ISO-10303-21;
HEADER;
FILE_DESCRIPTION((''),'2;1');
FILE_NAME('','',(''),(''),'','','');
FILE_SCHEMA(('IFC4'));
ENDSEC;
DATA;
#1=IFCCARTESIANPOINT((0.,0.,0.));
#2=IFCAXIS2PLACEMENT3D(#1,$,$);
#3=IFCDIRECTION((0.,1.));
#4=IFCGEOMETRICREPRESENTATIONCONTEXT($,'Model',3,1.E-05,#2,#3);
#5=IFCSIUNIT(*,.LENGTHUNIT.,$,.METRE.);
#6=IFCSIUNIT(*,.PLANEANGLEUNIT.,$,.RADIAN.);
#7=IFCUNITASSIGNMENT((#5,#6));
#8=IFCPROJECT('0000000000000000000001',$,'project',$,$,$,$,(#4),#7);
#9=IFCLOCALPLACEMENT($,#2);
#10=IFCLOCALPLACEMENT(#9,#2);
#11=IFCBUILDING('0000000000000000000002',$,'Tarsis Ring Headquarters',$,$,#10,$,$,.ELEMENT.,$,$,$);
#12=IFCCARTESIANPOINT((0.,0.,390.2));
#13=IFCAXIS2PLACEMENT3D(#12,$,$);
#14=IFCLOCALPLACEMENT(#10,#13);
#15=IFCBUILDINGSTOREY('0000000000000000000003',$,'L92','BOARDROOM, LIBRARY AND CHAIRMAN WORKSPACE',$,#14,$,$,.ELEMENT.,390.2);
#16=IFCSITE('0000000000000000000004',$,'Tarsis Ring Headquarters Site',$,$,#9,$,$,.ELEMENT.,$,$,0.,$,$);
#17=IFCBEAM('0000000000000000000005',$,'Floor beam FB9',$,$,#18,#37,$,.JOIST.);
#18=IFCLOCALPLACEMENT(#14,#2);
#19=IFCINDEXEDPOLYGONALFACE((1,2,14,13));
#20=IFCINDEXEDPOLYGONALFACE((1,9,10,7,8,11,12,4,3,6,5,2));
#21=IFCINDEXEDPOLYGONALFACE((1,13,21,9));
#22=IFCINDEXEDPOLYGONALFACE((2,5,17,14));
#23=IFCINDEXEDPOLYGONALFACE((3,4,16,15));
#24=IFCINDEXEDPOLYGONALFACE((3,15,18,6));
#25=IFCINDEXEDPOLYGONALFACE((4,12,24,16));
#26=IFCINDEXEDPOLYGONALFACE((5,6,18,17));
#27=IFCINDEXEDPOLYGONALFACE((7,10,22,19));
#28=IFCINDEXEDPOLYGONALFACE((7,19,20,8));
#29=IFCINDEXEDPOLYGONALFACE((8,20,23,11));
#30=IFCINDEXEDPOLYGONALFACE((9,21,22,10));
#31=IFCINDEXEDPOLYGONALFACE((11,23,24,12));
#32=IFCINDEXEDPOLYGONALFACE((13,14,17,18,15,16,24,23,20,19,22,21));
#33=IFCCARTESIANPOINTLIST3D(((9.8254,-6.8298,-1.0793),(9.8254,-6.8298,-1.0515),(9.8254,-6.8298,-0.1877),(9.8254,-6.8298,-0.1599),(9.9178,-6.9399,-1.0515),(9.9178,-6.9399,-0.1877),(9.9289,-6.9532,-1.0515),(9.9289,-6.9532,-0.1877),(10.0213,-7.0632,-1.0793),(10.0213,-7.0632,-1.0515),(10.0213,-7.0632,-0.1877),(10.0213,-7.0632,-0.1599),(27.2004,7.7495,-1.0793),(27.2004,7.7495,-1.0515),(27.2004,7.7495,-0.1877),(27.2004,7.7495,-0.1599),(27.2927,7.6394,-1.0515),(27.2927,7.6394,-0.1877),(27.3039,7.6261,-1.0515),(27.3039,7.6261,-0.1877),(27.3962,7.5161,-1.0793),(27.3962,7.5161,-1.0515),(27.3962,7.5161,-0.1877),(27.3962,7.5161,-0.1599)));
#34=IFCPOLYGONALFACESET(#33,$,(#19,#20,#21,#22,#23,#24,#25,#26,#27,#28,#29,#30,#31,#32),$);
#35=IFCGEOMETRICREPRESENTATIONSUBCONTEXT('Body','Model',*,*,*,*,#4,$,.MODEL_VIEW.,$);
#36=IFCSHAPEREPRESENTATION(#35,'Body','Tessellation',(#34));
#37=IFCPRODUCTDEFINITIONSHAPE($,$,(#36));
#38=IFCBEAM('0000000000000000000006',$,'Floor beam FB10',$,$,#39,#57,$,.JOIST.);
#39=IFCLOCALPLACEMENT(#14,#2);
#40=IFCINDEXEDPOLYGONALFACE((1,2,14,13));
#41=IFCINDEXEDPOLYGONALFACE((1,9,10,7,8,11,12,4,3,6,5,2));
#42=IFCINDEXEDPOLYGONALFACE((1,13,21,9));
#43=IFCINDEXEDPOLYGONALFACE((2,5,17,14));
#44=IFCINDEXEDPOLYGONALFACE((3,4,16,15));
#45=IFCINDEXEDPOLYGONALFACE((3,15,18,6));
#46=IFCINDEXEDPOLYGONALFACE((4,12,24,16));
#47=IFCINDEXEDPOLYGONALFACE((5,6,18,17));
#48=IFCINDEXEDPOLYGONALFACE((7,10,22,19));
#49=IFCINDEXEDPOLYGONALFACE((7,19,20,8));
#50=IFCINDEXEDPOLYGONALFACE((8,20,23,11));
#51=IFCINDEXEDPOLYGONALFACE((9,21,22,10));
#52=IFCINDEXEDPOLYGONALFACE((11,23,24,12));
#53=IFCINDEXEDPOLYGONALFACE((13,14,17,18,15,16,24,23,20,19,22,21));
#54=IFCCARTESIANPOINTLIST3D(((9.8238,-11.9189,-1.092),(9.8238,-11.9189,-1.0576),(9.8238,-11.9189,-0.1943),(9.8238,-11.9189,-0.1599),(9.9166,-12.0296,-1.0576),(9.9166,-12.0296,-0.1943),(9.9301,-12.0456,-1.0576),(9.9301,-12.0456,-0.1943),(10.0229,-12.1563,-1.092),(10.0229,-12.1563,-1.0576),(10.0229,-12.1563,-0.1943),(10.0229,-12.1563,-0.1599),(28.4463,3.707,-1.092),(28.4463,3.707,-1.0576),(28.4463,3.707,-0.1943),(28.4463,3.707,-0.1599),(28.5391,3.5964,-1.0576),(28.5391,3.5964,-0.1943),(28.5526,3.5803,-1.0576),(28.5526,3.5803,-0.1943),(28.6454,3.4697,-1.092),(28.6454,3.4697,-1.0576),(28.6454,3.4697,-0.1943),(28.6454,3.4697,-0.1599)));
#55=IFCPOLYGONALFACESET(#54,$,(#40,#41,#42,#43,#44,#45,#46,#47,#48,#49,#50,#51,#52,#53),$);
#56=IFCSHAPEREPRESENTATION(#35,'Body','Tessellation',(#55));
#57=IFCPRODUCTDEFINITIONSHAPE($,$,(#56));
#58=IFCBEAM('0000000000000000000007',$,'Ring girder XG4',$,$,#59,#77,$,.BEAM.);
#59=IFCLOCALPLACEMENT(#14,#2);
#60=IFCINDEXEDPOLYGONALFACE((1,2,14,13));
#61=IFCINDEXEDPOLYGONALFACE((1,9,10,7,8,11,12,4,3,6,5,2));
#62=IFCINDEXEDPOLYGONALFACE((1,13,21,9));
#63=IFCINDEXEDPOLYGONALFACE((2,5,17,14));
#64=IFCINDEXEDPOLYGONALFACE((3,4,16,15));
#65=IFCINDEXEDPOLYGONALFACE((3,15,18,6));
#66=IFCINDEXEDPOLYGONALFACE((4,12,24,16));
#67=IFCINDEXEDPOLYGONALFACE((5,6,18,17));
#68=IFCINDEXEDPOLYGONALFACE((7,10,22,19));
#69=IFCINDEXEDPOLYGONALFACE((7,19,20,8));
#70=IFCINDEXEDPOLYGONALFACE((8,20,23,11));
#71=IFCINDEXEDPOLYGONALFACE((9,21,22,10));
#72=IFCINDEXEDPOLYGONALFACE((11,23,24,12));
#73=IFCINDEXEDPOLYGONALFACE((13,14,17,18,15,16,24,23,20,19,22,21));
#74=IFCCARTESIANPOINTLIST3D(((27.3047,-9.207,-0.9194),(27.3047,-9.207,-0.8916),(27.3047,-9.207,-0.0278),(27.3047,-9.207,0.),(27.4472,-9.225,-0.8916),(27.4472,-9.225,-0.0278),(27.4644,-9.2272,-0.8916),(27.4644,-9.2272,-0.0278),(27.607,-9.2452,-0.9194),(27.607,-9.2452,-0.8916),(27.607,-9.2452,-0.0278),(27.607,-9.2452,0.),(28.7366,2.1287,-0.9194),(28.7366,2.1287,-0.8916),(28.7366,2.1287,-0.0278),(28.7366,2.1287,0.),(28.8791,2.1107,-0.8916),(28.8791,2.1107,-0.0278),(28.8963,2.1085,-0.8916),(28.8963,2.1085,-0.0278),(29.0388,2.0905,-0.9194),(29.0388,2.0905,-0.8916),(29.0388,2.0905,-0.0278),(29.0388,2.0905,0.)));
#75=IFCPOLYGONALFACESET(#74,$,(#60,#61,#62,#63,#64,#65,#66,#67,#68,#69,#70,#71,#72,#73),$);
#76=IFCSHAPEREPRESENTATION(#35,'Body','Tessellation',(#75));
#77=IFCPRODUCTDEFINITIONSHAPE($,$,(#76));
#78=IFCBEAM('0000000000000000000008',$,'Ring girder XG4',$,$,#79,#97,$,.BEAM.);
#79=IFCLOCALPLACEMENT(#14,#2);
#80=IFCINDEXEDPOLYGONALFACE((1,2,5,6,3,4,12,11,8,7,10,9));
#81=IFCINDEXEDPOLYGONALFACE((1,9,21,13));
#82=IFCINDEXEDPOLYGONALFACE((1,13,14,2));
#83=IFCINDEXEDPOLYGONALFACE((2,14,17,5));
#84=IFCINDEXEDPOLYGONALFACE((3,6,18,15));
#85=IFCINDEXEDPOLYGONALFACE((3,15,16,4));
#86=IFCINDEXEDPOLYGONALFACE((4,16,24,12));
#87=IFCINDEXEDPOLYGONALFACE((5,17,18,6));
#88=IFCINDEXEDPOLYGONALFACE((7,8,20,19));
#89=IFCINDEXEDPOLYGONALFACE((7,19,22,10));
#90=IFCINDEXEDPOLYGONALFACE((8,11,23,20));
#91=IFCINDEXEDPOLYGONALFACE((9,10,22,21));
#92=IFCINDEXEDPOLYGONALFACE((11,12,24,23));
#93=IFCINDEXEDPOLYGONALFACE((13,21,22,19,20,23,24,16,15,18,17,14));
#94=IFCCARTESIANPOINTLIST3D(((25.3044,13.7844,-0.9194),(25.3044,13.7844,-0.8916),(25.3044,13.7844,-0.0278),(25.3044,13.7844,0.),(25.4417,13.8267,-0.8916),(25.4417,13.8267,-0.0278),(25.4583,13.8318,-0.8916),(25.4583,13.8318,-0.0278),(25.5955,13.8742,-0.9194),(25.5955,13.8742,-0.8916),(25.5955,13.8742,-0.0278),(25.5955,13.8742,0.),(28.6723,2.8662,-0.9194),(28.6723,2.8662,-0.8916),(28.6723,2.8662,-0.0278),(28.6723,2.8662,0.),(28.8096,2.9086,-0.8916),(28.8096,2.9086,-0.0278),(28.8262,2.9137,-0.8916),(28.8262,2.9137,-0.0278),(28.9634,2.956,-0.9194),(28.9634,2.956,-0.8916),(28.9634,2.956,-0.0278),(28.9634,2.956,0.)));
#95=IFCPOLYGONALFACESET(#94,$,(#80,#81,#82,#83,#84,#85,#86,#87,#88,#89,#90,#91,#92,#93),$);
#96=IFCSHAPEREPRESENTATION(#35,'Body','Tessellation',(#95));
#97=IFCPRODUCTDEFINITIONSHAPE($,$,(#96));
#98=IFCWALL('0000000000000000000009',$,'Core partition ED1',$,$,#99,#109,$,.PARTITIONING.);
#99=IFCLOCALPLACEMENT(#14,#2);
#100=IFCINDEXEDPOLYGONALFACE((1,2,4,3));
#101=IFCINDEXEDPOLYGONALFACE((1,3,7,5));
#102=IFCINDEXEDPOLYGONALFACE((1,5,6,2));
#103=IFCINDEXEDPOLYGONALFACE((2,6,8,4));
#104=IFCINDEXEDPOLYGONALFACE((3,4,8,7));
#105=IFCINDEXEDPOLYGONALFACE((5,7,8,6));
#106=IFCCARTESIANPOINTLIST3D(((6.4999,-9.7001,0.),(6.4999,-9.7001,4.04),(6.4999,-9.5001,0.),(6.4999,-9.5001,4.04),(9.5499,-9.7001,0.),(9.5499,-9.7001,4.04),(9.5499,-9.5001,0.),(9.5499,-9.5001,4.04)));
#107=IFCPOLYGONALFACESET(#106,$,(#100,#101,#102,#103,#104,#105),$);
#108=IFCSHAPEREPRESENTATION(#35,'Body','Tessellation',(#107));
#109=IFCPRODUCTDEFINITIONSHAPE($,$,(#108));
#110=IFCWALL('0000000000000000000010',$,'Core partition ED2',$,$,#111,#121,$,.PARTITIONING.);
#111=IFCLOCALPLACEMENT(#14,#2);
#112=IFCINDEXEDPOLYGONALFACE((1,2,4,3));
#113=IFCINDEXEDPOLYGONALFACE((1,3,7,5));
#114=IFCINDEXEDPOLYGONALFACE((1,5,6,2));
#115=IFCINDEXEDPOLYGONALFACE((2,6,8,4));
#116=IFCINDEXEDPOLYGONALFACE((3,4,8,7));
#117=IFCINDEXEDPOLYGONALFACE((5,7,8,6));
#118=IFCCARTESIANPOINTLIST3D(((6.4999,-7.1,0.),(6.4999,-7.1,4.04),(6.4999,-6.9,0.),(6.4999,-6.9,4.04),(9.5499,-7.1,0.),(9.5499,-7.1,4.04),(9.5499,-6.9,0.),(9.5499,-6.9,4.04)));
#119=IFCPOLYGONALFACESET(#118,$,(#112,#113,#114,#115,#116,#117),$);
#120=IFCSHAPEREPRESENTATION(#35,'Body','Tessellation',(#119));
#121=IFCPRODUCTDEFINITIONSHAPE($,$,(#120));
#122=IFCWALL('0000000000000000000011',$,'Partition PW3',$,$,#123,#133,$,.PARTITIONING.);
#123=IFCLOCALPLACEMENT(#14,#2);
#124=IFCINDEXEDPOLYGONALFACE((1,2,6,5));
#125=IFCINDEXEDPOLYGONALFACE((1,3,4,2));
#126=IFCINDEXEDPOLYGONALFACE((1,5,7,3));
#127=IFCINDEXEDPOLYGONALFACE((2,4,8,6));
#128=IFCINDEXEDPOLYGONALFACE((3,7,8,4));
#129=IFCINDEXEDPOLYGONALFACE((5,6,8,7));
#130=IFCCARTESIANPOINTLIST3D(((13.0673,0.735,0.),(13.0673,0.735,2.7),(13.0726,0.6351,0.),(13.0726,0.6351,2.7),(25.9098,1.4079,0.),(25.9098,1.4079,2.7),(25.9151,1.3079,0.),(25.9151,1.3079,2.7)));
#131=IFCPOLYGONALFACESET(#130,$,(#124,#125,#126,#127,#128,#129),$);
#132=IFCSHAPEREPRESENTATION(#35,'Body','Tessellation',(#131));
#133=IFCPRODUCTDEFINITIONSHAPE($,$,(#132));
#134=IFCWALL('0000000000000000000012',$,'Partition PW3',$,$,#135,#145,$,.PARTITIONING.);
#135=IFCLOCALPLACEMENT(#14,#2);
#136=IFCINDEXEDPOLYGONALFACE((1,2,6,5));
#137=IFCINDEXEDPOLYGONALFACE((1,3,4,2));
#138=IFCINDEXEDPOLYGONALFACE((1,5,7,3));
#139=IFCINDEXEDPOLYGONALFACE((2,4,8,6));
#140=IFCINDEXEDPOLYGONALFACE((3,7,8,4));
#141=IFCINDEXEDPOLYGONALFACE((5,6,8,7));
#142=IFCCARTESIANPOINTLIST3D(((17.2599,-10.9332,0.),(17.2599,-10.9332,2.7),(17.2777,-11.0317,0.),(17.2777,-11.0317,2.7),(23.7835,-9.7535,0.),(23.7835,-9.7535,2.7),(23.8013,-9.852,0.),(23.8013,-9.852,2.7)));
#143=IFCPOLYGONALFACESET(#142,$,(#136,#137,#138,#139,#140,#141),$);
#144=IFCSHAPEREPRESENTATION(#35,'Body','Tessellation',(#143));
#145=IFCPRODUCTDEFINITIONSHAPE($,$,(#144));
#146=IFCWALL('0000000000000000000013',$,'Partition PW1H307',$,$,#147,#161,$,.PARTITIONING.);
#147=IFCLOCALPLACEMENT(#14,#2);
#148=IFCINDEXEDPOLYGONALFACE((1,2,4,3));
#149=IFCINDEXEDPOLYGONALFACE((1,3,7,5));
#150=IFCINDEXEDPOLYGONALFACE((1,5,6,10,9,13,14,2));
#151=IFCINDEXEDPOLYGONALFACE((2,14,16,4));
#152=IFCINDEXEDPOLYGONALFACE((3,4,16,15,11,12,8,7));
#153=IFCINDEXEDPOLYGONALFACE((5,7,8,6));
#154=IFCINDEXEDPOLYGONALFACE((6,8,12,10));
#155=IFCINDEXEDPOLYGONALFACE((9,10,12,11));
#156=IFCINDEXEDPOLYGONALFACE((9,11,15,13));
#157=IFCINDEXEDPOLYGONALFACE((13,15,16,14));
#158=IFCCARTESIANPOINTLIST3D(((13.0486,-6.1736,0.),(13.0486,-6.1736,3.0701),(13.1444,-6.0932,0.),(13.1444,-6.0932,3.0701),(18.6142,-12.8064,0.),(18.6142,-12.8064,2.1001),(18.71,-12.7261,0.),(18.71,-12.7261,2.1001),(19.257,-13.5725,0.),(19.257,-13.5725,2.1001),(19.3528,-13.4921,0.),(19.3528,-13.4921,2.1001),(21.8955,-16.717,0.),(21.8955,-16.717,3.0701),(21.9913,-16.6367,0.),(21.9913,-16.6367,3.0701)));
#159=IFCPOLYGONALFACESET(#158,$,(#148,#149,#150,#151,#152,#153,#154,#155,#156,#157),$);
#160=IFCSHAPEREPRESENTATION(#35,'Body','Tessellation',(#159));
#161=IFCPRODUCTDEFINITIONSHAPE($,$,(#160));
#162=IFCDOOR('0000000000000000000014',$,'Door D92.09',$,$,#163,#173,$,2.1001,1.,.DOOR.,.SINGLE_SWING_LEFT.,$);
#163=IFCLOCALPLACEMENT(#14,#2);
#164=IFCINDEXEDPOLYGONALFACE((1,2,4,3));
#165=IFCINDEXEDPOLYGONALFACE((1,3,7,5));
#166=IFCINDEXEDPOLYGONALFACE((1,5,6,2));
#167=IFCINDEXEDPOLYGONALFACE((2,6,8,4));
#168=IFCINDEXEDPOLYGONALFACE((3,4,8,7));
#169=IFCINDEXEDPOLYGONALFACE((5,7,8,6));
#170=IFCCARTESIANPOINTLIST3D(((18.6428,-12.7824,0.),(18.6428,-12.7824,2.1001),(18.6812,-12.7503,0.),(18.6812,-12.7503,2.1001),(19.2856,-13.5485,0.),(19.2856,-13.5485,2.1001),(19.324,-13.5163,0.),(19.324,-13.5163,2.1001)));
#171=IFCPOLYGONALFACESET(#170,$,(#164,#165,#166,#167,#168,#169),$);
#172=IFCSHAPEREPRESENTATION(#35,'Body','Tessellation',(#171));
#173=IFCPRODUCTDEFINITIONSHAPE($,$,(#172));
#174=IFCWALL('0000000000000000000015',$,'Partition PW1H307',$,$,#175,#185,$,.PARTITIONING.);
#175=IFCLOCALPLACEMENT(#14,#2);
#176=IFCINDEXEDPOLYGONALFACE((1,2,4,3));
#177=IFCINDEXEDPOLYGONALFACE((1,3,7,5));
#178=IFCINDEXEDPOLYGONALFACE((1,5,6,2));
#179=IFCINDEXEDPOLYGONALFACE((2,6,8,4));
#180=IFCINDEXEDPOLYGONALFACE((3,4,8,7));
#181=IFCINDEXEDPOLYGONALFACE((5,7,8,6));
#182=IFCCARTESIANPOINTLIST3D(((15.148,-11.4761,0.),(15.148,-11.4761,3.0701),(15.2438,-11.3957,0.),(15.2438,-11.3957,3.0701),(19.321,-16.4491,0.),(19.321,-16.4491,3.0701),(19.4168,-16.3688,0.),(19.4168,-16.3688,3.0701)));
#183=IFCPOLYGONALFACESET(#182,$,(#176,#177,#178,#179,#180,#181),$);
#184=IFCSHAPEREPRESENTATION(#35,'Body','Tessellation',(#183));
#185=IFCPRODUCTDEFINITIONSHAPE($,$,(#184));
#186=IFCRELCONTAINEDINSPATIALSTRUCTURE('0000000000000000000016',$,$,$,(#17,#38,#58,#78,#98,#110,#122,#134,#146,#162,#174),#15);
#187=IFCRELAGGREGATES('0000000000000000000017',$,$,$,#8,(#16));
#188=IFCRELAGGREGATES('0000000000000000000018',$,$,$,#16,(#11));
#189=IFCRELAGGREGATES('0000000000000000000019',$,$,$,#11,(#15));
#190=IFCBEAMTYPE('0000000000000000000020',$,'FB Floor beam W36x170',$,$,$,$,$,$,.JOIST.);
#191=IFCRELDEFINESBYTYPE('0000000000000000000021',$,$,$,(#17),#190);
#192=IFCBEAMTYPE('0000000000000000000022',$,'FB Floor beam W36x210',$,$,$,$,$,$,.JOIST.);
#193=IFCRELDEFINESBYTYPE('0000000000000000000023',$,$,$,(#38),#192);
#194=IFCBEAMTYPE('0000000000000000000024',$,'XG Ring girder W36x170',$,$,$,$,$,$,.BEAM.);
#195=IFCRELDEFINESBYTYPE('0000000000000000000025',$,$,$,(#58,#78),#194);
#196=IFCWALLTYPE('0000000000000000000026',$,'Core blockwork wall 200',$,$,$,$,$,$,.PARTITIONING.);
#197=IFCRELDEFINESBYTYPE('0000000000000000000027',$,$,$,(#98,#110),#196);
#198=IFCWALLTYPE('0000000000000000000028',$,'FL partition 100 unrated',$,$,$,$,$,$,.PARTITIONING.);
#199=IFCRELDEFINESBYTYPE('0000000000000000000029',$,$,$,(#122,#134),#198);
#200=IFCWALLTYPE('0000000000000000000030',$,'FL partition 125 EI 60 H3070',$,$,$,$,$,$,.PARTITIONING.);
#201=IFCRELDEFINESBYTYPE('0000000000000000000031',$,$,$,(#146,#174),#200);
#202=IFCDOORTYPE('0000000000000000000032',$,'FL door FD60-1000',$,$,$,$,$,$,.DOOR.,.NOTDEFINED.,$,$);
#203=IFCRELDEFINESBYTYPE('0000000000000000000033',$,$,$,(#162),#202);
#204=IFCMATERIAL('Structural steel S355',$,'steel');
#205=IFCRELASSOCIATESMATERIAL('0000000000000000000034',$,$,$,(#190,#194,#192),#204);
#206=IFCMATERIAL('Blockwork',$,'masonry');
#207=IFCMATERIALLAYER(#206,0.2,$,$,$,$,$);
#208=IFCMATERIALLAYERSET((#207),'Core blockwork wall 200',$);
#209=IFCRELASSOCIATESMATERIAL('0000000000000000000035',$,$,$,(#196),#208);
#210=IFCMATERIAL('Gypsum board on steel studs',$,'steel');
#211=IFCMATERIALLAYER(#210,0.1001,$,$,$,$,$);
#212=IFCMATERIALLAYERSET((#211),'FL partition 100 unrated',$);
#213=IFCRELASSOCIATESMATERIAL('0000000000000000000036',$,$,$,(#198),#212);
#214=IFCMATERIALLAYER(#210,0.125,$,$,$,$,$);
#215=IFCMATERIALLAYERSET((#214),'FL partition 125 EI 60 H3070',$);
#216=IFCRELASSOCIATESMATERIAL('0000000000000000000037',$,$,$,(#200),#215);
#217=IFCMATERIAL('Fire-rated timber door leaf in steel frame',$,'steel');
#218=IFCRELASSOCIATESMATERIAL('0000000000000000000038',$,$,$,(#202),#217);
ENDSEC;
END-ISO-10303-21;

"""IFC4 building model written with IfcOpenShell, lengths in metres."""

from ifc_helpers import new_model, si_unit, direction, frame, frame_2d, origin, origin_2d, place, context, subcontext, project, spatial, rectangle, i_section, extrude, material, layer, layer_set, material_profile, profile_set, type_object, element, fill, save


model = new_model("IFC4")

# Units and contexts
model_context = context("Model", 3, precision=1e-05, world=origin(), true_north=direction((0.0, 1.0)))
body_context = subcontext(model_context, "Body", "Model", "MODEL_VIEW")
ifc_project = project(units=[si_unit("LENGTHUNIT", "METRE"), si_unit("PLANEANGLEUNIT", "RADIAN")], contexts=[model_context])

# Site, building, storey
site_placement = place(None, origin())
site = spatial("IfcSite", under=ifc_project, at=site_placement, Name="Tarsis Ring Headquarters Site", CompositionType="ELEMENT", RefElevation=0.0)
building_placement = place(site_placement, origin())
building = spatial("IfcBuilding", under=site, at=building_placement, Name="Tarsis Ring Headquarters", CompositionType="ELEMENT")
storey_placement = place(building_placement, frame((0.0, 0.0, 390.2)))
storey = spatial("IfcBuildingStorey", under=building, at=storey_placement, Name="L92", Description="BOARDROOM, LIBRARY AND CHAIRMAN WORKSPACE", CompositionType="ELEMENT", Elevation=390.2)

# Shared definitions
ifc_material_1 = material(Name="Structural steel S355", Category="steel")

# Beams
ifc_material_profile_1 = material_profile(ifc_material_1, i_section(OverallWidth=0.3047, OverallDepth=0.9194, WebThickness=0.0173, FlangeThickness=0.0278, at=origin_2d()), Name="W36x170")
ifc_profile_set_1 = profile_set([ifc_material_profile_1], Name="Structural steel S355")
beam_type_1 = type_object("IfcBeamType", Name="FB Floor beam W36x170", PredefinedType="JOIST", material=ifc_profile_set_1)
beam_1_placement = place(storey_placement, frame((9.9233, -6.9465, -0.6196), z_axis=(0.766045, 0.642787, 0.0), x_axis=(-0.642787, 0.766045, 0.0)))
element("IfcBeam", 1, at=beam_1_placement, inside=storey, type_object=beam_type_1, Name="Floor beam FB9", PredefinedType="JOIST", context=body_context, shape_type="SweptSolid", body=[
    extrude(i_section(OverallWidth=0.3047, OverallDepth=0.9194, WebThickness=0.0173, FlangeThickness=0.0278, at=origin_2d()), origin(), (0.0, 0.0, 1.0), 22.6814),
])
ifc_material_profile_2 = material_profile(ifc_material_1, i_section(OverallWidth=0.3098, OverallDepth=0.9321, WebThickness=0.021, FlangeThickness=0.0344, at=origin_2d()), Name="W36x210")
ifc_profile_set_2 = profile_set([ifc_material_profile_2], Name="Structural steel S355")
beam_type_2 = type_object("IfcBeamType", Name="FB Floor beam W36x210", PredefinedType="JOIST", material=ifc_profile_set_2)
beam_2_placement = place(storey_placement, frame((9.9233, -12.0376, -0.626), z_axis=(0.766049, 0.642783, 0.0), x_axis=(-0.642783, 0.766049, 0.0)))
element("IfcBeam", 2, at=beam_2_placement, inside=storey, type_object=beam_type_2, Name="Floor beam FB10", PredefinedType="JOIST", context=body_context, shape_type="SweptSolid", body=[
    extrude(i_section(OverallWidth=0.3098, OverallDepth=0.9321, WebThickness=0.021, FlangeThickness=0.0344, at=origin_2d()), origin(), (0.0, 0.0, 1.0), 24.3098),
])
beam_type_3 = type_object("IfcBeamType", Name="XG Ring girder W36x170", PredefinedType="BEAM", material=ifc_profile_set_1)
for number, where, z_axis, x_axis, name in (
    (3, (27.4558, -9.2261, -0.4597), (0.125321, 0.992116, 0.0), (-0.992116, 0.125321, 0.0), "Ring girder XG4"),
    (4, (28.8179, 2.9111, -0.4597), (-0.294763, 0.95557, 0.0), (-0.95557, -0.294763, 0.0), "Ring girder XG4"),
):
    element("IfcBeam", number, at=place(storey_placement, frame(where, z_axis=z_axis, x_axis=x_axis)), inside=storey, type_object=beam_type_3, Name=name, PredefinedType="BEAM", context=body_context, shape_type="SweptSolid", body=[
        extrude(i_section(OverallWidth=0.3047, OverallDepth=0.9194, WebThickness=0.0173, FlangeThickness=0.0278, at=origin_2d()), origin(), (0.0, 0.0, 1.0), 11.4258),
    ])

# Walls
ifc_material_2 = material(Name="Blockwork", Category="masonry")
ifc_layer_1 = layer(ifc_material_2, 0.2)
ifc_layer_set_1 = layer_set([ifc_layer_1], Name="Core blockwork wall 200")
wall_type_1 = type_object("IfcWallType", Name="Core blockwork wall 200", PredefinedType="PARTITIONING", material=ifc_layer_set_1)
for number, where, z_axis, x_axis, name in (
    (5, (6.5, -9.6001, 0.0), (0.0, 0.0, 1.0), (1.0, 0.0, 0.0), "Core partition ED1"),
    (6, (6.5, -7.0, 0.0), (0.0, 0.0, 1.0), (1.0, 0.0, 0.0), "Core partition ED2"),
):
    element("IfcWall", number, at=place(storey_placement, frame(where, z_axis=z_axis, x_axis=x_axis)), inside=storey, type_object=wall_type_1, Name=name, PredefinedType="PARTITIONING", context=body_context, shape_type="SweptSolid", body=[
        extrude(rectangle(XDim=3.05, YDim=0.2, at=frame_2d((1.5249, 0.0))), origin(), (0.0, 0.0, 1.0), 4.04),
    ])
ifc_material_3 = material(Name="Gypsum board on steel studs", Category="steel")
ifc_layer_2 = layer(ifc_material_3, 0.1001)
ifc_layer_set_2 = layer_set([ifc_layer_2], Name="FL partition 100 unrated")
wall_type_2 = type_object("IfcWallType", Name="FL partition 100 unrated", PredefinedType="PARTITIONING", material=ifc_layer_set_2)
wall_1_placement = place(storey_placement, frame((13.0698, 0.6851, 0.0), z_axis=(0.0, 0.0, 1.0), x_axis=(0.99863, 0.052321, 0.0)))
element("IfcWall", 7, at=wall_1_placement, inside=storey, type_object=wall_type_2, Name="Partition PW3", PredefinedType="PARTITIONING", context=body_context, shape_type="SweptSolid", body=[
    extrude(rectangle(XDim=12.8601, YDim=0.1001, at=frame_2d((6.4302, 0.0))), origin(), (0.0, 0.0, 1.0), 2.7),
])
wall_2_placement = place(storey_placement, frame((17.2688, -10.9824, 0.0), z_axis=(0.0, 0.0, 1.0), x_axis=(0.98404, 0.177946, 0.0)))
element("IfcWall", 8, at=wall_2_placement, inside=storey, type_object=wall_type_2, Name="Partition PW3", PredefinedType="PARTITIONING", context=body_context, shape_type="SweptSolid", body=[
    extrude(rectangle(XDim=6.6294, YDim=0.1001, at=frame_2d((3.3147, 0.0))), origin(), (0.0, 0.0, 1.0), 2.7),
])

# Wall, opening, door
ifc_layer_3 = layer(ifc_material_3, 0.125)
ifc_layer_set_3 = layer_set([ifc_layer_3], Name="FL partition 125 EI 60 H3070")
wall_type_3 = type_object("IfcWallType", Name="FL partition 125 EI 60 H3070", PredefinedType="PARTITIONING", material=ifc_layer_set_3)
wall_3_placement = place(storey_placement, frame((13.0964, -6.1333, 0.0), z_axis=(0.0, 0.0, 1.0), x_axis=(0.642784, -0.766048, 0.0)))
wall_3 = element("IfcWall", 9, at=wall_3_placement, inside=storey, type_object=wall_type_3, Name="Partition PW1H307", PredefinedType="PARTITIONING", context=body_context, shape_type="SweptSolid", body=[
    extrude(rectangle(XDim=13.7634, YDim=0.125, at=frame_2d((6.8818, 0.0))), origin(), (0.0, 0.0, 1.0), 3.0701),
])
opening_1_placement = place(wall_3_placement, frame((8.6587, 0.0, 0.0)))
opening_1 = element("IfcOpeningElement", 10, at=opening_1_placement, cuts=wall_3, PredefinedType="OPENING", context=body_context, shape_type="SweptSolid", body=[
    extrude(rectangle(XDim=1.0, YDim=2.1001, at=frame_2d((0.5, 1.05))), frame((0.0, 0.0725, 0.0), z_axis=(0.0, -1.0, 0.0), x_axis=(1.0, 0.0, 0.0)), (0.0, 0.0, 1.0), 0.145),
])
ifc_material_4 = material(Name="Fire-rated timber door leaf in steel frame", Category="steel")
door_type = type_object("IfcDoorType", Name="FL door FD60-1000", OperationType="NOTDEFINED", PredefinedType="DOOR", material=ifc_material_4)
door_placement = place(opening_1_placement, origin())
door = element("IfcDoor", 11, at=door_placement, inside=storey, type_object=door_type, Name="Door D92.09", OperationType="SINGLE_SWING_LEFT", OverallHeight=2.1001, OverallWidth=1.0, PredefinedType="DOOR", context=body_context, shape_type="SweptSolid", body=[
    extrude(rectangle(XDim=1.0, YDim=2.1001, at=frame_2d((0.5, 1.05))), frame((0.0, 0.0249, 0.0), z_axis=(0.0, -1.0, 0.0), x_axis=(1.0, 0.0, 0.0)), (0.0, 0.0, 1.0), 0.05),
])
fill(opening_1, door)

# Wall
wall_4_placement = place(storey_placement, frame((15.1958, -11.4358, 0.0), z_axis=(0.0, 0.0, 1.0), x_axis=(0.6428, -0.766034, 0.0)))
element("IfcWall", 12, at=wall_4_placement, inside=storey, type_object=wall_type_3, Name="Partition PW1H307", PredefinedType="PARTITIONING", context=body_context, shape_type="SweptSolid", body=[
    extrude(rectangle(XDim=6.4919, YDim=0.125, at=frame_2d((3.2461, 0.0))), origin(), (0.0, 0.0, 1.0), 3.0701),
])

save(model, "model.ifc")
